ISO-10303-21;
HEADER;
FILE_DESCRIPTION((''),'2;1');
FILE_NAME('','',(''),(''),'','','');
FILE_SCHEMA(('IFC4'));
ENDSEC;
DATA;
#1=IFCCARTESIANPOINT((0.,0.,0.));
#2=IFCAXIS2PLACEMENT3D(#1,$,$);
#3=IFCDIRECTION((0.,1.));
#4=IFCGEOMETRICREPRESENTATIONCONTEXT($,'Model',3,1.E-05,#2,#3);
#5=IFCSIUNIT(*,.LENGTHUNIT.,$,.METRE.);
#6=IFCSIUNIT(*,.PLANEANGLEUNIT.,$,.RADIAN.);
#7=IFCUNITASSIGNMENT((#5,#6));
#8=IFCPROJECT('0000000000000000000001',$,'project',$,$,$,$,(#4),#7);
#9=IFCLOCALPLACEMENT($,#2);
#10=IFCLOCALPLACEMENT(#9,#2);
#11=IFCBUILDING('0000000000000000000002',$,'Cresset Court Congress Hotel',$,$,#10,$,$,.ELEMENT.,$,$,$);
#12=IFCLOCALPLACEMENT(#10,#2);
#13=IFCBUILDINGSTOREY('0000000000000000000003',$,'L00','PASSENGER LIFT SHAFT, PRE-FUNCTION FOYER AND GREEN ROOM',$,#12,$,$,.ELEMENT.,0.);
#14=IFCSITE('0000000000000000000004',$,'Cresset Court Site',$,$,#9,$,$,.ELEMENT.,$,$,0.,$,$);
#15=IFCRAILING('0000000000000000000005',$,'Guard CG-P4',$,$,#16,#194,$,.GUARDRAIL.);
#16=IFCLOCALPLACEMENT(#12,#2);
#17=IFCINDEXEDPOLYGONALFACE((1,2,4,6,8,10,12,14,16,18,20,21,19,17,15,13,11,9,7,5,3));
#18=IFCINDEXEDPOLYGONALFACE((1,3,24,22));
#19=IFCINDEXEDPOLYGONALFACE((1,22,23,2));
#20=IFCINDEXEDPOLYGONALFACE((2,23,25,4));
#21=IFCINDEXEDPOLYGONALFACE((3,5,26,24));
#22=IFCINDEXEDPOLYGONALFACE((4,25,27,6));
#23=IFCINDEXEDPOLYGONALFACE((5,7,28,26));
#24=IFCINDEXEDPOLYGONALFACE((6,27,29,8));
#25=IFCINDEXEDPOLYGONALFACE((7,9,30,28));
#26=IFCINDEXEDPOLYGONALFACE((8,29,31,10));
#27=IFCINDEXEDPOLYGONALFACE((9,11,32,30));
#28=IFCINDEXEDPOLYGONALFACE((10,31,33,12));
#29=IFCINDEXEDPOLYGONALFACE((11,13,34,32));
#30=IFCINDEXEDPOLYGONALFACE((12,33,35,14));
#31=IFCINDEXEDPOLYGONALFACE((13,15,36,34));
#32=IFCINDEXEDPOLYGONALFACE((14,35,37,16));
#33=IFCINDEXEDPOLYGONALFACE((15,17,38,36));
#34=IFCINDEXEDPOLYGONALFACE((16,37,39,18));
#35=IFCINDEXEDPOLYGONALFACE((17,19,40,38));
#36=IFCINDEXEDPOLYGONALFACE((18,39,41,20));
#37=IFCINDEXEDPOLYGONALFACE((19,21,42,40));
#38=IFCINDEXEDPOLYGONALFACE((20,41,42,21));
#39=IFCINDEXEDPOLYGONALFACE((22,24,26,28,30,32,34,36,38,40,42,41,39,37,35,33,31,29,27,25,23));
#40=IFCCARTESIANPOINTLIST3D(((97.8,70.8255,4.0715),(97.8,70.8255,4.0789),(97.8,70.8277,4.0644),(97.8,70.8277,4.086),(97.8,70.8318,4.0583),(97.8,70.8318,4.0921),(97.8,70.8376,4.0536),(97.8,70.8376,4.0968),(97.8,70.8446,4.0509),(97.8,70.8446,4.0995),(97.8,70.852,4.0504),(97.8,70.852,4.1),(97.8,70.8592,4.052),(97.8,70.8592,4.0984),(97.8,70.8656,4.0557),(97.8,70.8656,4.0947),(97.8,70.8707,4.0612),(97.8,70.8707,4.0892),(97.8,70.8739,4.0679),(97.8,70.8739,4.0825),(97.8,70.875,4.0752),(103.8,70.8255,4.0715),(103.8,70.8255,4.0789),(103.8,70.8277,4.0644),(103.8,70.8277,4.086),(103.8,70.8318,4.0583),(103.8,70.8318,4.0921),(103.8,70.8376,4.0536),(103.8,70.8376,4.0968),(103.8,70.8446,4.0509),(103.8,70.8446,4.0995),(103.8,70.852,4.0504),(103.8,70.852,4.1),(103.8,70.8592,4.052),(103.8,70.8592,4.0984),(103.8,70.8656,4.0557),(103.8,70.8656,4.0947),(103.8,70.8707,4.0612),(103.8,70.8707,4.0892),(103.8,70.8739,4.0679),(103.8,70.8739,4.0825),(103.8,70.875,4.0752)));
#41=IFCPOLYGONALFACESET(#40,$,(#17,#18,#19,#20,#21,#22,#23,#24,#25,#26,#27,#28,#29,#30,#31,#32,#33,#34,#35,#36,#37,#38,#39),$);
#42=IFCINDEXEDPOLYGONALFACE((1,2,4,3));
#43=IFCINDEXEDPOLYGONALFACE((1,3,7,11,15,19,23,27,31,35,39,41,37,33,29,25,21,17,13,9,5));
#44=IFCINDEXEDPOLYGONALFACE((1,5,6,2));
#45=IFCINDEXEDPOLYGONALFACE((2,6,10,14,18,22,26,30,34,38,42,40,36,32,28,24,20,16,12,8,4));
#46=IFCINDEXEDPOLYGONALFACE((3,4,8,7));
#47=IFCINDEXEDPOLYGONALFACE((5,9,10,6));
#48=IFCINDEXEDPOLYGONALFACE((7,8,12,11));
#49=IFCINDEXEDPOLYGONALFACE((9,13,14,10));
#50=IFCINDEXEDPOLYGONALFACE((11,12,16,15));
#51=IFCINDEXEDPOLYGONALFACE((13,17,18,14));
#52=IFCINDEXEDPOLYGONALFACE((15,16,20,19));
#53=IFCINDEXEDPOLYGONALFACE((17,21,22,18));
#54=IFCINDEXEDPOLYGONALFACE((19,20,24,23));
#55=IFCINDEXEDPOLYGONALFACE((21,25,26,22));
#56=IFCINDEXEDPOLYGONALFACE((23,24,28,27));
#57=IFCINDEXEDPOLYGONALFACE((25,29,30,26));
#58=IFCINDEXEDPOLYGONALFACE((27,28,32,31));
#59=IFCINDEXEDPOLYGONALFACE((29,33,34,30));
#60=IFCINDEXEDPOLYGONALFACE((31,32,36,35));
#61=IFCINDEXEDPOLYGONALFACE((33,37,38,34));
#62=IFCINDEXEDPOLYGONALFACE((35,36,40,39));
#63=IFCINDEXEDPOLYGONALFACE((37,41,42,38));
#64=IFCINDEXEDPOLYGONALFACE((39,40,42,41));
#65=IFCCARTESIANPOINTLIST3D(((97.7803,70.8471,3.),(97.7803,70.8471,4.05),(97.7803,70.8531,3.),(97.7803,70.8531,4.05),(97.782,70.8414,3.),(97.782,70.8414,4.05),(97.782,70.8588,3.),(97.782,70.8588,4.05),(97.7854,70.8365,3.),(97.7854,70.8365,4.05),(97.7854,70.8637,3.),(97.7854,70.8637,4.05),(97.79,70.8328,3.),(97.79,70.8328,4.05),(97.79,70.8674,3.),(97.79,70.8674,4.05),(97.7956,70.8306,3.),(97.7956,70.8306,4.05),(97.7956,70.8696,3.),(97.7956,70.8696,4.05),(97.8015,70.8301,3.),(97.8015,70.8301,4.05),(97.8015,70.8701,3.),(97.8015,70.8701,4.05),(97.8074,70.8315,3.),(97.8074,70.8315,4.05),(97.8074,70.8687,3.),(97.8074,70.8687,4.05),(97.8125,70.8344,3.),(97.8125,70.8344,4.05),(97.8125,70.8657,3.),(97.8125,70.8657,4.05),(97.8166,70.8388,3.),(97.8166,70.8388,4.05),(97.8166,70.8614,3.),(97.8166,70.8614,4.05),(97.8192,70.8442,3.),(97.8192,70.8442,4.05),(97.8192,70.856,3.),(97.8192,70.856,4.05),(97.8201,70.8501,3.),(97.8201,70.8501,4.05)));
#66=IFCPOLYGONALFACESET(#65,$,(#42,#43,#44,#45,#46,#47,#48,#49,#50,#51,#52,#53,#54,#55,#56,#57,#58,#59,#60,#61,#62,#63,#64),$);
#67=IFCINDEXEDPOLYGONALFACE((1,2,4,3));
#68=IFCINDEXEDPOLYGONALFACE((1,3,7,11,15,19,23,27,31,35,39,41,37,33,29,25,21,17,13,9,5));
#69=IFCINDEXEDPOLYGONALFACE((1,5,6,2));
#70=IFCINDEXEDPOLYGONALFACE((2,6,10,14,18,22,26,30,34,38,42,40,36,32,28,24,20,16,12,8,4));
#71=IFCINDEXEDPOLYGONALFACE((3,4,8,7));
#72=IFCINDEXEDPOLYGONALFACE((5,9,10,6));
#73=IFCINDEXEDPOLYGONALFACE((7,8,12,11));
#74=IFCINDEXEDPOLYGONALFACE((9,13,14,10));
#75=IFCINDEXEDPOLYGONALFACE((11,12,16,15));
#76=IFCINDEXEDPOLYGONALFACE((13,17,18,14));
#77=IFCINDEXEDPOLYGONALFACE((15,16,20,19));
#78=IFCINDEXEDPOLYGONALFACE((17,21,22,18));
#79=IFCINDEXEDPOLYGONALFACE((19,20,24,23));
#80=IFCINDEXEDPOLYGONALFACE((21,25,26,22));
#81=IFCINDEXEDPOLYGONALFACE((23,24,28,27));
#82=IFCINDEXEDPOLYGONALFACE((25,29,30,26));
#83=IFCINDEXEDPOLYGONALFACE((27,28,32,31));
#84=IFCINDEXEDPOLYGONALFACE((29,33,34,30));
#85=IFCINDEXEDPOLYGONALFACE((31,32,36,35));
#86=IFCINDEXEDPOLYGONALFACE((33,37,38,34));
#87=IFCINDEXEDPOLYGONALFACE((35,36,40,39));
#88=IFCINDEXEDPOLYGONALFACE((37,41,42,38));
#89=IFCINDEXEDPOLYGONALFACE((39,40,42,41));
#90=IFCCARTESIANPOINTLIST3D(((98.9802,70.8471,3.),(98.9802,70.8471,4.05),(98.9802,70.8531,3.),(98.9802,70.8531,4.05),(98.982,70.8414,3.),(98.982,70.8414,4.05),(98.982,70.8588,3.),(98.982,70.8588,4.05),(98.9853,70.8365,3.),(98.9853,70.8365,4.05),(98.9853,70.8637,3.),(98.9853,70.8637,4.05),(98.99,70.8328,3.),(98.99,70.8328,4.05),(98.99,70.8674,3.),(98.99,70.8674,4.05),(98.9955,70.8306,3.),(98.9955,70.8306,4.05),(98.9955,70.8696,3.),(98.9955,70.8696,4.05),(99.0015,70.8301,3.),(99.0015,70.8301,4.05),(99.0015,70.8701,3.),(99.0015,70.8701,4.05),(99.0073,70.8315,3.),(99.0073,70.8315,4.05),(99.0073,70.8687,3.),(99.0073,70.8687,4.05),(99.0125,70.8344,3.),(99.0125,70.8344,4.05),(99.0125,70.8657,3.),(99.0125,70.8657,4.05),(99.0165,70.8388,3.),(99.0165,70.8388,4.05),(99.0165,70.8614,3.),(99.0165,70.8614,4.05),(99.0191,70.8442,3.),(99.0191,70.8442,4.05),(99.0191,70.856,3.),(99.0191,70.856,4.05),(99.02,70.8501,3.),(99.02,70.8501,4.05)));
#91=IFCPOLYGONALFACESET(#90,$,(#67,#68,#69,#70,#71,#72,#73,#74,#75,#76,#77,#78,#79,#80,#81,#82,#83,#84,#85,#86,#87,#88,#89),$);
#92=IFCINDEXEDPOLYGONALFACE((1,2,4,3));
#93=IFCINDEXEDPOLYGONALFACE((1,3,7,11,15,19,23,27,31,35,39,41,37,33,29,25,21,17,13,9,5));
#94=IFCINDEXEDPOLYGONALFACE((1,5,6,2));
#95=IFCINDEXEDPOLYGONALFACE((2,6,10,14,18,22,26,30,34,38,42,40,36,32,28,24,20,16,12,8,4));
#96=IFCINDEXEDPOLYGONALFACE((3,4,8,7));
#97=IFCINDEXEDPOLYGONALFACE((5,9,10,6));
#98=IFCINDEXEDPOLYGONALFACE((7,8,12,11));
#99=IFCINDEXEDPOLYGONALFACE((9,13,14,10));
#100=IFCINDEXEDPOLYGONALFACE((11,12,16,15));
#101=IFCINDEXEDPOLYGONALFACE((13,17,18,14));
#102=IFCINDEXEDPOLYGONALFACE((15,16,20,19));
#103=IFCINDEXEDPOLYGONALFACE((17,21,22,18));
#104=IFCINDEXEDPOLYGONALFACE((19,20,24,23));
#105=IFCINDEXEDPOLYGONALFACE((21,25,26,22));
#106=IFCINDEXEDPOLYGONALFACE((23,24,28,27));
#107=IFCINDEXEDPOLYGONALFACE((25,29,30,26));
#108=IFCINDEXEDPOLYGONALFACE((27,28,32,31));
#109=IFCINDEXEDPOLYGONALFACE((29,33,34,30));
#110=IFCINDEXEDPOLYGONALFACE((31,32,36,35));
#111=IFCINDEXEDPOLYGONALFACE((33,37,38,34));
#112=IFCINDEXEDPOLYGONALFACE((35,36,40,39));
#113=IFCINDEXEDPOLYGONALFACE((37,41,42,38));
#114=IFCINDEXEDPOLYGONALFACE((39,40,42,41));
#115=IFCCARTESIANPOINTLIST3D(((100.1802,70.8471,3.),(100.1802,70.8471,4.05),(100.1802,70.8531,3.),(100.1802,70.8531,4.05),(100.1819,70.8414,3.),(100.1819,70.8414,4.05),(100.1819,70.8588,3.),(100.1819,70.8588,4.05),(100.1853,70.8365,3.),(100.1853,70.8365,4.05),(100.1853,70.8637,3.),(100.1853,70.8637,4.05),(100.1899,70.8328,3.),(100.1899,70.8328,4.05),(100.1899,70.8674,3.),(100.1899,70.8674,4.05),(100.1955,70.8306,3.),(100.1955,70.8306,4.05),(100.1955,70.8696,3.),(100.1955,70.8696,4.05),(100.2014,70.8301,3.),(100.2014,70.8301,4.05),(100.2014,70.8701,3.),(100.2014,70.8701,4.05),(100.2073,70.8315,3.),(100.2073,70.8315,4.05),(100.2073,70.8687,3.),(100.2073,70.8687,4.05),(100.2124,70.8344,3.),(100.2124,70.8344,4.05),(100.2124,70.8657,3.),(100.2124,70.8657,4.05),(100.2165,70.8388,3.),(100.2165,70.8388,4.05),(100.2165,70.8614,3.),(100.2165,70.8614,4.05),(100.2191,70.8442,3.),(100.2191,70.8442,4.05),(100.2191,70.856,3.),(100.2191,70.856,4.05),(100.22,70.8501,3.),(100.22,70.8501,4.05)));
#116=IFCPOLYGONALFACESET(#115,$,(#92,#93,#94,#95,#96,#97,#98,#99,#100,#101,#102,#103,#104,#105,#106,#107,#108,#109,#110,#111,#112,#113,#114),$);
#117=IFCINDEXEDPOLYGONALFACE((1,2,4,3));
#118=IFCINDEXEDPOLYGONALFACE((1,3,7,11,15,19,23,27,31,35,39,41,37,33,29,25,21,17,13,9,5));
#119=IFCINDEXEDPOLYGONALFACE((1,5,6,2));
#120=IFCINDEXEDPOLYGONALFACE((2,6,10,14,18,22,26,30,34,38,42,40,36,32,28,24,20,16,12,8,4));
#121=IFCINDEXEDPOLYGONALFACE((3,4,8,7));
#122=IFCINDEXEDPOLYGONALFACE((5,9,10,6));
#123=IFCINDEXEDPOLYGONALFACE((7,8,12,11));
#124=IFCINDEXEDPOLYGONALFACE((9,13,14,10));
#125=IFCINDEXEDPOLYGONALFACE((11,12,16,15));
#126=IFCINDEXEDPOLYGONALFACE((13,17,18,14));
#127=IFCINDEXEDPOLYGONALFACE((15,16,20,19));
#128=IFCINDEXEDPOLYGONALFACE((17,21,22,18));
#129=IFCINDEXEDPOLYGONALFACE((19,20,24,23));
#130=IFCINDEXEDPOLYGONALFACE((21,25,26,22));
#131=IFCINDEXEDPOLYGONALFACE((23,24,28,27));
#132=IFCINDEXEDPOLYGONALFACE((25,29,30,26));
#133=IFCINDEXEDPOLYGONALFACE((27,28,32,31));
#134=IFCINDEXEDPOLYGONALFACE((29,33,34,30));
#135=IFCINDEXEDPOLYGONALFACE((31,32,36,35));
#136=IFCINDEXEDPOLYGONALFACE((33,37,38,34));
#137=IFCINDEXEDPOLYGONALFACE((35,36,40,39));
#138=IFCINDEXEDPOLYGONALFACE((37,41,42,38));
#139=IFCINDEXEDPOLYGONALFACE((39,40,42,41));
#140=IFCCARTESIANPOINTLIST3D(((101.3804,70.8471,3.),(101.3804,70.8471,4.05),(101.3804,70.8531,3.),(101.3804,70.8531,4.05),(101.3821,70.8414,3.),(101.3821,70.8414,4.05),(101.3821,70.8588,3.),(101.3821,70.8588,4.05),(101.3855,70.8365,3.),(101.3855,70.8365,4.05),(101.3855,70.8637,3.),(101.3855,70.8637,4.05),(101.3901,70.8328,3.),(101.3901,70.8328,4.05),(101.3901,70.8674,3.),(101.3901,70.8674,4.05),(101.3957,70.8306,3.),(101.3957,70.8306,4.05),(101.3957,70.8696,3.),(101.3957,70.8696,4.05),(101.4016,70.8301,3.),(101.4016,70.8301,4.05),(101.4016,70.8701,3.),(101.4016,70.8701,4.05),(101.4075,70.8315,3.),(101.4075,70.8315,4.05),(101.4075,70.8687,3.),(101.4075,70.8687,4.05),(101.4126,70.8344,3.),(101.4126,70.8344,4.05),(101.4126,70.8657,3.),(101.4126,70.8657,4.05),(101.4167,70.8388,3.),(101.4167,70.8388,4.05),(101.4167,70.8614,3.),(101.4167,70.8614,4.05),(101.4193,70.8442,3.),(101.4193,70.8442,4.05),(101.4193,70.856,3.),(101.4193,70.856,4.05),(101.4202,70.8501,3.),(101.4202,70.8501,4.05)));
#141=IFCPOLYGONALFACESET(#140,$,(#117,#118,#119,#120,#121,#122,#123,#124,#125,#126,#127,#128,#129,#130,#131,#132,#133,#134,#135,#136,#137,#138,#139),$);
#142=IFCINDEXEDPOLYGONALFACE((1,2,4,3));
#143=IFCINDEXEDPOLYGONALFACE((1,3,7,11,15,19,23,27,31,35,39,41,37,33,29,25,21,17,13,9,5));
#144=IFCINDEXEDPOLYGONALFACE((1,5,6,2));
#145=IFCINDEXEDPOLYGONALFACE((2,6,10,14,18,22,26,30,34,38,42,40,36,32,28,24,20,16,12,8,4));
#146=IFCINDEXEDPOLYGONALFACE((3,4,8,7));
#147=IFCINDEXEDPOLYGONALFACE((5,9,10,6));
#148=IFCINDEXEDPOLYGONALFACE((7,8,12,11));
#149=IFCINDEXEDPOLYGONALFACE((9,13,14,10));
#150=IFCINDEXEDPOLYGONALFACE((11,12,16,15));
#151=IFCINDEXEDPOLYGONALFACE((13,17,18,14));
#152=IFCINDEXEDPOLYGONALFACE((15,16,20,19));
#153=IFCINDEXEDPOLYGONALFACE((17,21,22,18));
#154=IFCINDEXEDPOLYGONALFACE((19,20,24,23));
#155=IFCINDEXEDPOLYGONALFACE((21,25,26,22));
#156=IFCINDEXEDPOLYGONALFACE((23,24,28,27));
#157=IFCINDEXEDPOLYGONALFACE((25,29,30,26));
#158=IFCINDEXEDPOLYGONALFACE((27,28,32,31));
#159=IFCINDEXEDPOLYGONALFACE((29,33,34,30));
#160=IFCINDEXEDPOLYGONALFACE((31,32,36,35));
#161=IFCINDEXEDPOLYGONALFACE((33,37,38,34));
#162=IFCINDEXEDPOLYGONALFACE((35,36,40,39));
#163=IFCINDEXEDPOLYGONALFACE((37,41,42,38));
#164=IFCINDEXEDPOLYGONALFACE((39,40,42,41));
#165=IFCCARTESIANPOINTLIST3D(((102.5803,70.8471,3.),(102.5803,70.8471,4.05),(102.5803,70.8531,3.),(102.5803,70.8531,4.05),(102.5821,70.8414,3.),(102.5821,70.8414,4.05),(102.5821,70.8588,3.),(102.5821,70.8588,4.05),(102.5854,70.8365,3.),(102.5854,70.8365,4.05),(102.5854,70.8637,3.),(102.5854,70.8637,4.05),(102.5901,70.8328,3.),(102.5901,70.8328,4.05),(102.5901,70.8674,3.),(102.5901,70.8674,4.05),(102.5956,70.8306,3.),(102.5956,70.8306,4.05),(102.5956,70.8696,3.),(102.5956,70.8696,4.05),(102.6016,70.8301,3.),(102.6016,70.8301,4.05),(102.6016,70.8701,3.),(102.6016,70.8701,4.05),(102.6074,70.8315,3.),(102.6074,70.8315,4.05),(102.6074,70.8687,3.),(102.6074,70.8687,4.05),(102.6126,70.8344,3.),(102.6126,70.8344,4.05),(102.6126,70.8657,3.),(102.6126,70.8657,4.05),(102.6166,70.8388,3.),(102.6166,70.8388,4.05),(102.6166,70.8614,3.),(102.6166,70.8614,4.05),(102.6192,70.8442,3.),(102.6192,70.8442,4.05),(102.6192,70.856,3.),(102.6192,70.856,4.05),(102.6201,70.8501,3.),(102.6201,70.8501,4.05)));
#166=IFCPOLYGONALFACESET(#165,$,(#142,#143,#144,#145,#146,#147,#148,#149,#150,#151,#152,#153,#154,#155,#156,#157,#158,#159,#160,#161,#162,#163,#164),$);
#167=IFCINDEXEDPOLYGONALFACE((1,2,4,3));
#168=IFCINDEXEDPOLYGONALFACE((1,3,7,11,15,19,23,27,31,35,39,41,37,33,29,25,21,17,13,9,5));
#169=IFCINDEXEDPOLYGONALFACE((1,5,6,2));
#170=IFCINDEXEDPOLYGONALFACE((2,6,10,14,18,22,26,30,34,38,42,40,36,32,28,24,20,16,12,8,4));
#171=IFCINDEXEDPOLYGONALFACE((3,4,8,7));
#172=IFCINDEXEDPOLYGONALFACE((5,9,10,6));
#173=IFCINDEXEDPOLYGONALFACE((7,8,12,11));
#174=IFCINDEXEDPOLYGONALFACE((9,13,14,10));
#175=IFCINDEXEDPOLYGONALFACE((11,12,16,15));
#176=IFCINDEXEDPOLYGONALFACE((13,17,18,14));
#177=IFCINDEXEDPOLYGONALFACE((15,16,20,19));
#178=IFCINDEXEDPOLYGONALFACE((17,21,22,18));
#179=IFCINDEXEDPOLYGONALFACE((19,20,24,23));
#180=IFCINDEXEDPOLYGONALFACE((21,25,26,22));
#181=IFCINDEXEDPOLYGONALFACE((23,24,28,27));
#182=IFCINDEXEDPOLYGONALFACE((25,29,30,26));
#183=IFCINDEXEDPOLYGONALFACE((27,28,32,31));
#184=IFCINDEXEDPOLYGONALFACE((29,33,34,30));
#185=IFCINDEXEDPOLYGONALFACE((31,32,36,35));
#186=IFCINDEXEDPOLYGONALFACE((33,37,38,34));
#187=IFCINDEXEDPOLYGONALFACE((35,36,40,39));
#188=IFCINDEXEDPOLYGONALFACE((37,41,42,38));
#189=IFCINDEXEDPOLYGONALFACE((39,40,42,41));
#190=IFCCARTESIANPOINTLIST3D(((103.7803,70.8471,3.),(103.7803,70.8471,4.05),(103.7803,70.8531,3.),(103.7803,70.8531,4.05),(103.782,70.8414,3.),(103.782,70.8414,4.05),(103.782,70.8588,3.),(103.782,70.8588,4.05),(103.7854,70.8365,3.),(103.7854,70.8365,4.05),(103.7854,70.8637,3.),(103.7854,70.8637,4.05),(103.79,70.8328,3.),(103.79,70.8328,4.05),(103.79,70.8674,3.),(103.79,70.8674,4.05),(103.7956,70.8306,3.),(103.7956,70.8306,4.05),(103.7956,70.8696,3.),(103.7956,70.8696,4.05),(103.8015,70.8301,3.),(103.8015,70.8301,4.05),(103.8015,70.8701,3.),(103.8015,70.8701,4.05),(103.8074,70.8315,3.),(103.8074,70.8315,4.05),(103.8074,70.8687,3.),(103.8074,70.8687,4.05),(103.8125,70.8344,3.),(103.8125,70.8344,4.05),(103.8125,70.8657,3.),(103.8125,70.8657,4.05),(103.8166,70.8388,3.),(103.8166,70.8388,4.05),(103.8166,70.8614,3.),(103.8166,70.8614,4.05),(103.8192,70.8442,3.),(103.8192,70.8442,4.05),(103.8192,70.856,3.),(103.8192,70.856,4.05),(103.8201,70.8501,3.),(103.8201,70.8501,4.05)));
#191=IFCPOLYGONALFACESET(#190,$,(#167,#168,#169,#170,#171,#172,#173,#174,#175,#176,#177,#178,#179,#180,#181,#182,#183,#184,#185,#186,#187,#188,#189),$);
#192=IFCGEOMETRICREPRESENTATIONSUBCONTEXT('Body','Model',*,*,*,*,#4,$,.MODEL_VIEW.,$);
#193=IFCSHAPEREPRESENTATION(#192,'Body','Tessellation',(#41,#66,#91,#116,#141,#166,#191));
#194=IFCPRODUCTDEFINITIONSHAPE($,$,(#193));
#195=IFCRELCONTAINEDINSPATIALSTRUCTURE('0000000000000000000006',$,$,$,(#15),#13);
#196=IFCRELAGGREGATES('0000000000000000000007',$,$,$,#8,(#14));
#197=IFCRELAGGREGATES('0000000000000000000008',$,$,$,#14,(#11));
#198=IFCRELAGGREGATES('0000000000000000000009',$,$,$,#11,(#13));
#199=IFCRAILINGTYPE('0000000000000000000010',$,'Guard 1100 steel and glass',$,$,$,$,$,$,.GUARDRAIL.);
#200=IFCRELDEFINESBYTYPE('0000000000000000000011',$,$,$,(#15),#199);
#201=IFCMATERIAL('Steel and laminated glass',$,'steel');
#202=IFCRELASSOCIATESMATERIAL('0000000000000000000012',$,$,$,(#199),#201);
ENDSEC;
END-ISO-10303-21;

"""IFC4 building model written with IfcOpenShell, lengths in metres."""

from ifc_helpers import new_model, si_unit, direction, frame, origin, origin_2d, place, context, subcontext, project, spatial, circle, extrude, material, type_object, element, save


model = new_model("IFC4")

# Units and contexts
model_context = context("Model", 3, precision=1e-05, world=origin(), true_north=direction((0.0, 1.0)))
body_context = subcontext(model_context, "Body", "Model", "MODEL_VIEW")
ifc_project = project(units=[si_unit("LENGTHUNIT", "METRE"), si_unit("PLANEANGLEUNIT", "RADIAN")], contexts=[model_context])

# Site, building, storey
site_placement = place(None, origin())
site = spatial("IfcSite", under=ifc_project, at=site_placement, Name="Cresset Court Site", CompositionType="ELEMENT", RefElevation=0.0)
building_placement = place(site_placement, origin())
building = spatial("IfcBuilding", under=site, at=building_placement, Name="Cresset Court Congress Hotel", CompositionType="ELEMENT")
storey_placement = place(building_placement, origin())
storey = spatial("IfcBuildingStorey", under=building, at=storey_placement, Name="L00", Description="PASSENGER LIFT SHAFT, PRE-FUNCTION FOYER AND GREEN ROOM", CompositionType="ELEMENT", Elevation=0.0)

# Railing
ifc_material_1 = material(Name="Steel and laminated glass", Category="steel")
railing_type_1 = type_object("IfcRailingType", Name="Guard 1100 steel and glass", PredefinedType="GUARDRAIL", material=ifc_material_1)
railing_1_placement = place(storey_placement, frame((97.8, 70.8501, 3.0)))
element("IfcRailing", 1, at=railing_1_placement, inside=storey, type_object=railing_type_1, Name="Guard CG-P4", PredefinedType="GUARDRAIL", context=body_context, shape_type="SweptSolid", body=[
    extrude(circle(Radius=0.0249, at=origin_2d()), frame((0.0, 0.0, 1.0752), z_axis=(1.0, 0.0, 0.0), x_axis=(0.0, 1.0, 0.0)), (0.0, 0.0, 1.0), 6.0),
    extrude(circle(Radius=0.02, at=origin_2d()), origin(), (0.0, 0.0, 1.0), 1.05),
    extrude(circle(Radius=0.02, at=origin_2d()), frame((1.2, 0.0, 0.0)), (0.0, 0.0, 1.0), 1.05),
    extrude(circle(Radius=0.02, at=origin_2d()), frame((2.3999, 0.0, 0.0)), (0.0, 0.0, 1.0), 1.05),
    extrude(circle(Radius=0.02, at=origin_2d()), frame((3.6001, 0.0, 0.0)), (0.0, 0.0, 1.0), 1.05),
    extrude(circle(Radius=0.02, at=origin_2d()), frame((4.8, 0.0, 0.0)), (0.0, 0.0, 1.0), 1.05),
    extrude(circle(Radius=0.02, at=origin_2d()), frame((6.0, 0.0, 0.0)), (0.0, 0.0, 1.0), 1.05),
])

save(model, "model.ifc")
